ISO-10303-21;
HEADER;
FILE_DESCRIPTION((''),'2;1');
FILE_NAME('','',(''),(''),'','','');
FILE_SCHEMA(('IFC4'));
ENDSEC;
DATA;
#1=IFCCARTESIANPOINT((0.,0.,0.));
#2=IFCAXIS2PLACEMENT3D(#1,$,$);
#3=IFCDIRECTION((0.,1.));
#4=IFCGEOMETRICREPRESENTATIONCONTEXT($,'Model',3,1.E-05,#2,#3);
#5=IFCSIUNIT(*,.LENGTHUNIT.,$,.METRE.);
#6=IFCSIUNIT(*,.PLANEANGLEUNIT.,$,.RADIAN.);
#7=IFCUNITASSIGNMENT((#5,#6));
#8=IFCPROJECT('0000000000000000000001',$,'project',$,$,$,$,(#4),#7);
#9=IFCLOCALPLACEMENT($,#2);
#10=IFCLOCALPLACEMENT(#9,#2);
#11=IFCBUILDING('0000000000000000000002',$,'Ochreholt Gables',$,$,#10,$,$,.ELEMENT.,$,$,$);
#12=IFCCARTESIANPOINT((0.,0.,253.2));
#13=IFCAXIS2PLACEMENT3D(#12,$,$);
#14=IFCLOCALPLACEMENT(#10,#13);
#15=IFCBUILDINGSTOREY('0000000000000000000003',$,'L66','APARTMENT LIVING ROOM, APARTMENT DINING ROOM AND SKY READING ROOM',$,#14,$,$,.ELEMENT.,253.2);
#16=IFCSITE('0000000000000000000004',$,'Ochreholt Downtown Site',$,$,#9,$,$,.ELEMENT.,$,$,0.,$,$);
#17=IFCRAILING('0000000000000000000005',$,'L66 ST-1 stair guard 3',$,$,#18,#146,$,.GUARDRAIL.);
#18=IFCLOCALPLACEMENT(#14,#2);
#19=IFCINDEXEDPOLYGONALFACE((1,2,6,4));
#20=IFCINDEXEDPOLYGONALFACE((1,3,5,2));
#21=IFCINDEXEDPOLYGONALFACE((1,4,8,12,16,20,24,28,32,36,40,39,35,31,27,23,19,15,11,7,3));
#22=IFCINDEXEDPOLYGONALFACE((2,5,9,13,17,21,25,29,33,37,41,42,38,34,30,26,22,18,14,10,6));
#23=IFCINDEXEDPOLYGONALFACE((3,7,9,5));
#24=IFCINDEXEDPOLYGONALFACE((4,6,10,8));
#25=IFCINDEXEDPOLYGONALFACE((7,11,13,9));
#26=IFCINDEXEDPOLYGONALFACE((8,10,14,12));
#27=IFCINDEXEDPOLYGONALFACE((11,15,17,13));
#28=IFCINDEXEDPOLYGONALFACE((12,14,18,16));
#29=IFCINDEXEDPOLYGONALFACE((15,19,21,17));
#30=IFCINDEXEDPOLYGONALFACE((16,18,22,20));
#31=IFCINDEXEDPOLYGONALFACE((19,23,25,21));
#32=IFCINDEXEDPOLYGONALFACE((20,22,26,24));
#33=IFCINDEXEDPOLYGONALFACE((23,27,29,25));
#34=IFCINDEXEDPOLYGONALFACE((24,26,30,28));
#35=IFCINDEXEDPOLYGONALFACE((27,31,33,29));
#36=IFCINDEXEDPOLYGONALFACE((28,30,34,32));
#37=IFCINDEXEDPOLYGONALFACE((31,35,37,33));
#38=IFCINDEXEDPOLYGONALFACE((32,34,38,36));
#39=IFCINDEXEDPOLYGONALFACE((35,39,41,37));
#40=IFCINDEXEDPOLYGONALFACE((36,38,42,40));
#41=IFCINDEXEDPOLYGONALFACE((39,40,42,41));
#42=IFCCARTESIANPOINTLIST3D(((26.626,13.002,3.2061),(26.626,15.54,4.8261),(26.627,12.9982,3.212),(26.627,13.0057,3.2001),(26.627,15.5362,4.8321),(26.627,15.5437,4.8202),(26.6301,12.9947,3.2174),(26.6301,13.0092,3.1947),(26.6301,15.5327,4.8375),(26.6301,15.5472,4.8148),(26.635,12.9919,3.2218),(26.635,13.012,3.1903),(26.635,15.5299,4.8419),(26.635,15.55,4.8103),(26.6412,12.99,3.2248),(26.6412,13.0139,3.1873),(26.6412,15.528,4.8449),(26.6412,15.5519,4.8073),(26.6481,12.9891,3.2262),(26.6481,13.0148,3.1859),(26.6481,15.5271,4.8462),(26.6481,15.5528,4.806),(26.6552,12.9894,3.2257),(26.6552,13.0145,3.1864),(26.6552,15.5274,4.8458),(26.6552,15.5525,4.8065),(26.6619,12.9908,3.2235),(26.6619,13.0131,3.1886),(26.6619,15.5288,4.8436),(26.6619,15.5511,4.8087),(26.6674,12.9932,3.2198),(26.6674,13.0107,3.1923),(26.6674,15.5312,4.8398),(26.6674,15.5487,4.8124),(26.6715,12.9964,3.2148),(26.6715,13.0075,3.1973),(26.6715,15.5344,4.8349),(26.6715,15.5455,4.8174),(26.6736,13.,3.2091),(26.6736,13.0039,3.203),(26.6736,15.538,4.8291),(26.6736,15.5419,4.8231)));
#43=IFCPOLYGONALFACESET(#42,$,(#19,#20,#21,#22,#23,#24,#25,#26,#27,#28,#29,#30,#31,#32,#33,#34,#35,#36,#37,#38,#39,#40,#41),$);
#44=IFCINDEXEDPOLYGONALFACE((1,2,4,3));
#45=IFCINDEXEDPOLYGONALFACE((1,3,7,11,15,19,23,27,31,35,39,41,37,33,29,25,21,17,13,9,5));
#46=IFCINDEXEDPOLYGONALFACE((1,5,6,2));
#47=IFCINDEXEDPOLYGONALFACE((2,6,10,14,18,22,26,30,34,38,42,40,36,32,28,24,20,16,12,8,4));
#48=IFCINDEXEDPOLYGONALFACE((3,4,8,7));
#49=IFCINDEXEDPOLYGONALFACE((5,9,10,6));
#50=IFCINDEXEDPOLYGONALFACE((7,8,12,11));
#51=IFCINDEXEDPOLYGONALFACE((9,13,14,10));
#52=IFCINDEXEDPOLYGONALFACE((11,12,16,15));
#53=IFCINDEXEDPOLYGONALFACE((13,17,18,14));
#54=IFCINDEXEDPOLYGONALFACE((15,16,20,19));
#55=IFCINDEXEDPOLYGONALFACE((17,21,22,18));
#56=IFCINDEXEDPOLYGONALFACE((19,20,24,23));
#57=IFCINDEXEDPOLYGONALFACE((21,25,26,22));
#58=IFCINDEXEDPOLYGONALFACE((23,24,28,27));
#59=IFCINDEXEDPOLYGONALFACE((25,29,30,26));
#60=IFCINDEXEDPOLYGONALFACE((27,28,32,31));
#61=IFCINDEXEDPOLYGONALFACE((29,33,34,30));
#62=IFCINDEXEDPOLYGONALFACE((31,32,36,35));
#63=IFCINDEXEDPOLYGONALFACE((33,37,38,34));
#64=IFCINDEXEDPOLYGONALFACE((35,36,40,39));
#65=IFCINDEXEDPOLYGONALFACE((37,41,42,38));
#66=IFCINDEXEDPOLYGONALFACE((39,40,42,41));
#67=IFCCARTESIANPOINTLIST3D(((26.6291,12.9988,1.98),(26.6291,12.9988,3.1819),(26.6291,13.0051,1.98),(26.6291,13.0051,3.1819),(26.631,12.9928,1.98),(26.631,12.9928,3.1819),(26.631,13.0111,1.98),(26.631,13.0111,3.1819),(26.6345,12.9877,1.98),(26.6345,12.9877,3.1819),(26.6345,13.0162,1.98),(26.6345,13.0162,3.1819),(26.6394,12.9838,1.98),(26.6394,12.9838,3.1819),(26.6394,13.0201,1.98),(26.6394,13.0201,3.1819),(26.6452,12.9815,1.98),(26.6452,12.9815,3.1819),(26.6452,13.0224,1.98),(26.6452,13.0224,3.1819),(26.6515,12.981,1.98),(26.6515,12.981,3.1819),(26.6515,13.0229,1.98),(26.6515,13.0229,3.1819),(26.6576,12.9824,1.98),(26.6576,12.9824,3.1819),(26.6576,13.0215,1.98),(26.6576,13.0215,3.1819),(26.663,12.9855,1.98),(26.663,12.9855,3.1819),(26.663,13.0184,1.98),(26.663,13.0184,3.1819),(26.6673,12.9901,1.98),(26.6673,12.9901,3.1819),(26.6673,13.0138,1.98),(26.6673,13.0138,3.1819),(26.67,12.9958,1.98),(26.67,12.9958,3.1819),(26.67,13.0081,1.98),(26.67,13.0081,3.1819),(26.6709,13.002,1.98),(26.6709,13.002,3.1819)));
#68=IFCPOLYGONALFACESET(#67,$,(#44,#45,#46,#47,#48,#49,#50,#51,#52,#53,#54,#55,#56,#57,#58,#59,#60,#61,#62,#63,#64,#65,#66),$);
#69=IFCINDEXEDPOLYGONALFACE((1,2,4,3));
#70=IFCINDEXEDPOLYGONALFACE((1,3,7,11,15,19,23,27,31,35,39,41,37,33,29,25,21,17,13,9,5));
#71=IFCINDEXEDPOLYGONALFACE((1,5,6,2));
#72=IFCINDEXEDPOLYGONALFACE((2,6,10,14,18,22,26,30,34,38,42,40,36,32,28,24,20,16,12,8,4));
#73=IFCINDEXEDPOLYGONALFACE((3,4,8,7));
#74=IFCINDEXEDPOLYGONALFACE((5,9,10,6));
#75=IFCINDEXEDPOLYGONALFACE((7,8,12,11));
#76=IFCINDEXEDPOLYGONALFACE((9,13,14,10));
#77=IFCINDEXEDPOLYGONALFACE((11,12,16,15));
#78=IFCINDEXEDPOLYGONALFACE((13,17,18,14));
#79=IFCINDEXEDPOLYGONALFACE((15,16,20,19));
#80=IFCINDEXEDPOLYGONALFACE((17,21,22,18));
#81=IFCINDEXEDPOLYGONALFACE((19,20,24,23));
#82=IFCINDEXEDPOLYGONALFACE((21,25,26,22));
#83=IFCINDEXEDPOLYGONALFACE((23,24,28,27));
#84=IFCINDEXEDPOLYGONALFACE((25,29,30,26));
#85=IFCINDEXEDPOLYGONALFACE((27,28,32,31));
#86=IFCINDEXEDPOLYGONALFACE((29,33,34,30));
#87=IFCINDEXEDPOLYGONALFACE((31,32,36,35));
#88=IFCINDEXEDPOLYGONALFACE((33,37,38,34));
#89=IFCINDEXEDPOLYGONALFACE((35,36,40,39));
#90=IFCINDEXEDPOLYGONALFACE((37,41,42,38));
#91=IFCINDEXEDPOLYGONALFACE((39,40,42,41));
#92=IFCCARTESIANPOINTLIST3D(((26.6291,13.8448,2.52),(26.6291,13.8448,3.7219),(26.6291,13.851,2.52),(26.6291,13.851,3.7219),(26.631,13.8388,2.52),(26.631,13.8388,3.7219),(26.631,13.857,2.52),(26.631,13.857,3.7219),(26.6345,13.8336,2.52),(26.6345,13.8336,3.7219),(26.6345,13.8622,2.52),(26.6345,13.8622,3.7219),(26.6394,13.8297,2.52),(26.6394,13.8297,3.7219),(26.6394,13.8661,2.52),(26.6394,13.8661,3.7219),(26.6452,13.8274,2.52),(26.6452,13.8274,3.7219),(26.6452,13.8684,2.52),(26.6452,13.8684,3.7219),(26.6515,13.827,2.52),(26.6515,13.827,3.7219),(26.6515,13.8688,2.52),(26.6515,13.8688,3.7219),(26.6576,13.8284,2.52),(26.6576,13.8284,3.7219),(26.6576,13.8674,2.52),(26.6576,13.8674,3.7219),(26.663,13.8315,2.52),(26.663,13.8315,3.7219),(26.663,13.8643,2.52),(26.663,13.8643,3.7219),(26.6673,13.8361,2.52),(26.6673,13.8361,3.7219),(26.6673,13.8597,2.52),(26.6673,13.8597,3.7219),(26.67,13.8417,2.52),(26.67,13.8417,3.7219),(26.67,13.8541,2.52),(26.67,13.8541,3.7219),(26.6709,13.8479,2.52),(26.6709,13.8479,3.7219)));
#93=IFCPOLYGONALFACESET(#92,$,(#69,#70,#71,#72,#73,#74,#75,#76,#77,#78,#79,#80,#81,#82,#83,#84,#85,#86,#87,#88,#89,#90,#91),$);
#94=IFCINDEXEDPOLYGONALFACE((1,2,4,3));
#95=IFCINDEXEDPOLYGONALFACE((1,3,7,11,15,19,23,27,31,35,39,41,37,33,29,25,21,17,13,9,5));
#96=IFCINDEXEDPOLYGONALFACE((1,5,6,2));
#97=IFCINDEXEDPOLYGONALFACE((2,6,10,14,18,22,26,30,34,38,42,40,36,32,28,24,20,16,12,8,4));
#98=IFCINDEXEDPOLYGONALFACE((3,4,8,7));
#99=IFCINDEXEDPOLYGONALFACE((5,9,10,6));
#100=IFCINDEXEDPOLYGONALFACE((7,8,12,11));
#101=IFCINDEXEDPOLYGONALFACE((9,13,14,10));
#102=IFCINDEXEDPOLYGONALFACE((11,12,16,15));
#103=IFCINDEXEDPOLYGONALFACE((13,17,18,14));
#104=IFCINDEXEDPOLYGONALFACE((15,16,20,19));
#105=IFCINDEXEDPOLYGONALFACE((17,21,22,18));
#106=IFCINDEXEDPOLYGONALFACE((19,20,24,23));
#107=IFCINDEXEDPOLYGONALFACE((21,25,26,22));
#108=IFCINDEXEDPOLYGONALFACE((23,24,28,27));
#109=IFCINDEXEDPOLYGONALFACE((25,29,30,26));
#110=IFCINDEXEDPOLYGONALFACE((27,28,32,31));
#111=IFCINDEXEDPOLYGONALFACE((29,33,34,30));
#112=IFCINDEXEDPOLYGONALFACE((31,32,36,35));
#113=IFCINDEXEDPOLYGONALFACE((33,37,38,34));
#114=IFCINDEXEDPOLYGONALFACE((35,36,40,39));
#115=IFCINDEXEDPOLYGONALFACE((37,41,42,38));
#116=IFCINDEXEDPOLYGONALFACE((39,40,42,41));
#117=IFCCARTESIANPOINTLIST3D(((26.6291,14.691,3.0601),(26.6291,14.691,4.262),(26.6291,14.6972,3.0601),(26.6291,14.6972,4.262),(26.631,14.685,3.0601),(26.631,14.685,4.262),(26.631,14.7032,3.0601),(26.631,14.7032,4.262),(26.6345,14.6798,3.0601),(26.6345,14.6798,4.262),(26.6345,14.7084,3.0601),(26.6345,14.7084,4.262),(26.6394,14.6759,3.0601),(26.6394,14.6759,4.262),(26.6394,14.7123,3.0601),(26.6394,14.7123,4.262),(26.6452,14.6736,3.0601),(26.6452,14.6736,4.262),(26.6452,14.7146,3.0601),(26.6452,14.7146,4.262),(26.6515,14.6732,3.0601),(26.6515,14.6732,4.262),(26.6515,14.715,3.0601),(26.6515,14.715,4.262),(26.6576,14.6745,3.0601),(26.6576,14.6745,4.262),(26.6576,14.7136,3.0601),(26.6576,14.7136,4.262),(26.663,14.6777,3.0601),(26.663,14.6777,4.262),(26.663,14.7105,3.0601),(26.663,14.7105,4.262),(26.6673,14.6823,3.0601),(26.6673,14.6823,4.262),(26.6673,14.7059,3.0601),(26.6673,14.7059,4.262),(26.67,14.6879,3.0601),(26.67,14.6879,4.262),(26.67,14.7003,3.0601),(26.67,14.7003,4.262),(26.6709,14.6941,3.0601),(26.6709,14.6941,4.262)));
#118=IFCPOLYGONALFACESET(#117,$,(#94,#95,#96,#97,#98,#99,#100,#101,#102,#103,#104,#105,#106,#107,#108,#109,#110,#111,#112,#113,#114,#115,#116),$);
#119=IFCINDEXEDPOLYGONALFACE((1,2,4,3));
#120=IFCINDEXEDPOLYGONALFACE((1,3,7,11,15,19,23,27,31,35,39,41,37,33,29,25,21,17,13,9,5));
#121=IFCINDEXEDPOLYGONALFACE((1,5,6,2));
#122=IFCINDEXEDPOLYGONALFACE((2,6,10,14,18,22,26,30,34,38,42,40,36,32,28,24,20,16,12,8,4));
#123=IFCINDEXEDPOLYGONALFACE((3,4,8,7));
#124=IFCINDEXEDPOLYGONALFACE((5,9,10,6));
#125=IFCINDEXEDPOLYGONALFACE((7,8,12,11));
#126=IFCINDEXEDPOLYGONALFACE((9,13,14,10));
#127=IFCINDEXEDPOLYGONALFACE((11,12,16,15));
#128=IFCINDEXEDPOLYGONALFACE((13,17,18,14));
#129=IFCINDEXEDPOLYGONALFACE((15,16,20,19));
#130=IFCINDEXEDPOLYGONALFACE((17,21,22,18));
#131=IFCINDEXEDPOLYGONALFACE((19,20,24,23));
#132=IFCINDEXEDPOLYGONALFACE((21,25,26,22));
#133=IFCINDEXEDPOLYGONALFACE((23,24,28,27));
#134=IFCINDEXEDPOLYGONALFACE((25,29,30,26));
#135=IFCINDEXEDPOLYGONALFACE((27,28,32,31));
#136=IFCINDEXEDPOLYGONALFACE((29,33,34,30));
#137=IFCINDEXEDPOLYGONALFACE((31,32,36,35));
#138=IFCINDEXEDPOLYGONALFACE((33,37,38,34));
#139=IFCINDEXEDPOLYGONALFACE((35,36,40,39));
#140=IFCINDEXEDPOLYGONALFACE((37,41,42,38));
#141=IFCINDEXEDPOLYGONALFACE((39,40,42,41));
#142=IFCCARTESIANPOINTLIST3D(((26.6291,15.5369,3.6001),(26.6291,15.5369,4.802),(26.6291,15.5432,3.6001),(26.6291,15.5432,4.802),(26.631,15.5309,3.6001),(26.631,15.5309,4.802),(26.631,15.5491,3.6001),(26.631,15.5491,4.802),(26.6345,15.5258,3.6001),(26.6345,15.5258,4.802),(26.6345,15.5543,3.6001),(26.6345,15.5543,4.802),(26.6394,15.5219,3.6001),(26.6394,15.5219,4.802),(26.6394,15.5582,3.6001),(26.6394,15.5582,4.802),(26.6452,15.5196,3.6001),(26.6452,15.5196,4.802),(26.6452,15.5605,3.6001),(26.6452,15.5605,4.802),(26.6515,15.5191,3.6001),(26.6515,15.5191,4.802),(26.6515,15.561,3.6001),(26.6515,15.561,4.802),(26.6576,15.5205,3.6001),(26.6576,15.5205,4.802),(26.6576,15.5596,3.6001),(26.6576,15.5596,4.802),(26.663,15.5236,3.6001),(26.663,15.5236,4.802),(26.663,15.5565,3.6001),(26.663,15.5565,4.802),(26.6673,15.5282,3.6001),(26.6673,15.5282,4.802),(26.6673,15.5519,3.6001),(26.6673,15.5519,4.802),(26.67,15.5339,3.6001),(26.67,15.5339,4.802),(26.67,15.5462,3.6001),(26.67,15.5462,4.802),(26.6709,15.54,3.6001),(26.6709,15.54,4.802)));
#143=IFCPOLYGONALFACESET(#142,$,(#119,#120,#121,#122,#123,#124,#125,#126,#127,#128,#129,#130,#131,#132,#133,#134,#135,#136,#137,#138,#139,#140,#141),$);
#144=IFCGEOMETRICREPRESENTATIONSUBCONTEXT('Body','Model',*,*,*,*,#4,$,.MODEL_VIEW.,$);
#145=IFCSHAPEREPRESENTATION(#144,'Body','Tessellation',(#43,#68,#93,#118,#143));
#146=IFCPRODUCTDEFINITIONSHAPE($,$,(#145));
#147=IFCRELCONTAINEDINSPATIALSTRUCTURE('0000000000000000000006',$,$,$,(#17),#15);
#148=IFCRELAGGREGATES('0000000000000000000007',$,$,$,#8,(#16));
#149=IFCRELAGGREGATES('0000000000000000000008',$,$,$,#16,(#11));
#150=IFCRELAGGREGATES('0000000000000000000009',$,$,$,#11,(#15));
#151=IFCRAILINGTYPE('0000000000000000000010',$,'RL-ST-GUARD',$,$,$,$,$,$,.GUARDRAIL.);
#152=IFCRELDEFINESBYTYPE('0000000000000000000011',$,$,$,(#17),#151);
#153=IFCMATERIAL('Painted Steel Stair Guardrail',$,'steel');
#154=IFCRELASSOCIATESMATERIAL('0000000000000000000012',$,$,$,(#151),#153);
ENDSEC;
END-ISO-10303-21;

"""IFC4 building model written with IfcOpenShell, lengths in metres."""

from ifc_helpers import new_model, si_unit, direction, frame, origin, origin_2d, place, context, subcontext, project, spatial, circle, extrude, material, type_object, element, save


model = new_model("IFC4")

# Units and contexts
model_context = context("Model", 3, precision=1e-05, world=origin(), true_north=direction((0.0, 1.0)))
body_context = subcontext(model_context, "Body", "Model", "MODEL_VIEW")
ifc_project = project(units=[si_unit("LENGTHUNIT", "METRE"), si_unit("PLANEANGLEUNIT", "RADIAN")], contexts=[model_context])

# Site, building, storey
site_placement = place(None, origin())
site = spatial("IfcSite", under=ifc_project, at=site_placement, Name="Ochreholt Downtown Site", CompositionType="ELEMENT", RefElevation=0.0)
building_placement = place(site_placement, origin())
building = spatial("IfcBuilding", under=site, at=building_placement, Name="Ochreholt Gables", CompositionType="ELEMENT")
storey_placement = place(building_placement, frame((0.0, 0.0, 253.2)))
storey = spatial("IfcBuildingStorey", under=building, at=storey_placement, Name="L66", Description="APARTMENT LIVING ROOM, APARTMENT DINING ROOM AND SKY READING ROOM", CompositionType="ELEMENT", Elevation=253.2)

# Railing
ifc_material_1 = material(Name="Painted Steel Stair Guardrail", Category="steel")
railing_type = type_object("IfcRailingType", Name="RL-ST-GUARD", PredefinedType="GUARDRAIL", material=ifc_material_1)
railing_1_placement = place(storey_placement, frame((26.6499, 13.002, 1.98)))
element("IfcRailing", 1, at=railing_1_placement, inside=storey, type_object=railing_type, Name="L66 ST-1 stair guard 3", PredefinedType="GUARDRAIL", context=body_context, shape_type="SweptSolid", body=[
    extrude(circle(Radius=0.0239, at=origin_2d()), frame((0.0, 0.0, 1.2261), z_axis=(0.0, 0.842913, 0.53805), x_axis=(-1.0, 0.0, 0.0)), (0.0, 0.0, 1.0), 3.011),
    extrude(circle(Radius=0.021, at=origin_2d()), origin(), (0.0, 0.0, 1.0), 1.2019),
    extrude(circle(Radius=0.021, at=origin_2d()), frame((0.0, 0.8459, 0.54)), (0.0, 0.0, 1.0), 1.2019),
    extrude(circle(Radius=0.021, at=origin_2d()), frame((0.0, 1.6921, 1.0801)), (0.0, 0.0, 1.0), 1.2019),
    extrude(circle(Radius=0.021, at=origin_2d()), frame((0.0, 2.5381, 1.6201)), (0.0, 0.0, 1.0), 1.2019),
])

save(model, "model.ifc")
